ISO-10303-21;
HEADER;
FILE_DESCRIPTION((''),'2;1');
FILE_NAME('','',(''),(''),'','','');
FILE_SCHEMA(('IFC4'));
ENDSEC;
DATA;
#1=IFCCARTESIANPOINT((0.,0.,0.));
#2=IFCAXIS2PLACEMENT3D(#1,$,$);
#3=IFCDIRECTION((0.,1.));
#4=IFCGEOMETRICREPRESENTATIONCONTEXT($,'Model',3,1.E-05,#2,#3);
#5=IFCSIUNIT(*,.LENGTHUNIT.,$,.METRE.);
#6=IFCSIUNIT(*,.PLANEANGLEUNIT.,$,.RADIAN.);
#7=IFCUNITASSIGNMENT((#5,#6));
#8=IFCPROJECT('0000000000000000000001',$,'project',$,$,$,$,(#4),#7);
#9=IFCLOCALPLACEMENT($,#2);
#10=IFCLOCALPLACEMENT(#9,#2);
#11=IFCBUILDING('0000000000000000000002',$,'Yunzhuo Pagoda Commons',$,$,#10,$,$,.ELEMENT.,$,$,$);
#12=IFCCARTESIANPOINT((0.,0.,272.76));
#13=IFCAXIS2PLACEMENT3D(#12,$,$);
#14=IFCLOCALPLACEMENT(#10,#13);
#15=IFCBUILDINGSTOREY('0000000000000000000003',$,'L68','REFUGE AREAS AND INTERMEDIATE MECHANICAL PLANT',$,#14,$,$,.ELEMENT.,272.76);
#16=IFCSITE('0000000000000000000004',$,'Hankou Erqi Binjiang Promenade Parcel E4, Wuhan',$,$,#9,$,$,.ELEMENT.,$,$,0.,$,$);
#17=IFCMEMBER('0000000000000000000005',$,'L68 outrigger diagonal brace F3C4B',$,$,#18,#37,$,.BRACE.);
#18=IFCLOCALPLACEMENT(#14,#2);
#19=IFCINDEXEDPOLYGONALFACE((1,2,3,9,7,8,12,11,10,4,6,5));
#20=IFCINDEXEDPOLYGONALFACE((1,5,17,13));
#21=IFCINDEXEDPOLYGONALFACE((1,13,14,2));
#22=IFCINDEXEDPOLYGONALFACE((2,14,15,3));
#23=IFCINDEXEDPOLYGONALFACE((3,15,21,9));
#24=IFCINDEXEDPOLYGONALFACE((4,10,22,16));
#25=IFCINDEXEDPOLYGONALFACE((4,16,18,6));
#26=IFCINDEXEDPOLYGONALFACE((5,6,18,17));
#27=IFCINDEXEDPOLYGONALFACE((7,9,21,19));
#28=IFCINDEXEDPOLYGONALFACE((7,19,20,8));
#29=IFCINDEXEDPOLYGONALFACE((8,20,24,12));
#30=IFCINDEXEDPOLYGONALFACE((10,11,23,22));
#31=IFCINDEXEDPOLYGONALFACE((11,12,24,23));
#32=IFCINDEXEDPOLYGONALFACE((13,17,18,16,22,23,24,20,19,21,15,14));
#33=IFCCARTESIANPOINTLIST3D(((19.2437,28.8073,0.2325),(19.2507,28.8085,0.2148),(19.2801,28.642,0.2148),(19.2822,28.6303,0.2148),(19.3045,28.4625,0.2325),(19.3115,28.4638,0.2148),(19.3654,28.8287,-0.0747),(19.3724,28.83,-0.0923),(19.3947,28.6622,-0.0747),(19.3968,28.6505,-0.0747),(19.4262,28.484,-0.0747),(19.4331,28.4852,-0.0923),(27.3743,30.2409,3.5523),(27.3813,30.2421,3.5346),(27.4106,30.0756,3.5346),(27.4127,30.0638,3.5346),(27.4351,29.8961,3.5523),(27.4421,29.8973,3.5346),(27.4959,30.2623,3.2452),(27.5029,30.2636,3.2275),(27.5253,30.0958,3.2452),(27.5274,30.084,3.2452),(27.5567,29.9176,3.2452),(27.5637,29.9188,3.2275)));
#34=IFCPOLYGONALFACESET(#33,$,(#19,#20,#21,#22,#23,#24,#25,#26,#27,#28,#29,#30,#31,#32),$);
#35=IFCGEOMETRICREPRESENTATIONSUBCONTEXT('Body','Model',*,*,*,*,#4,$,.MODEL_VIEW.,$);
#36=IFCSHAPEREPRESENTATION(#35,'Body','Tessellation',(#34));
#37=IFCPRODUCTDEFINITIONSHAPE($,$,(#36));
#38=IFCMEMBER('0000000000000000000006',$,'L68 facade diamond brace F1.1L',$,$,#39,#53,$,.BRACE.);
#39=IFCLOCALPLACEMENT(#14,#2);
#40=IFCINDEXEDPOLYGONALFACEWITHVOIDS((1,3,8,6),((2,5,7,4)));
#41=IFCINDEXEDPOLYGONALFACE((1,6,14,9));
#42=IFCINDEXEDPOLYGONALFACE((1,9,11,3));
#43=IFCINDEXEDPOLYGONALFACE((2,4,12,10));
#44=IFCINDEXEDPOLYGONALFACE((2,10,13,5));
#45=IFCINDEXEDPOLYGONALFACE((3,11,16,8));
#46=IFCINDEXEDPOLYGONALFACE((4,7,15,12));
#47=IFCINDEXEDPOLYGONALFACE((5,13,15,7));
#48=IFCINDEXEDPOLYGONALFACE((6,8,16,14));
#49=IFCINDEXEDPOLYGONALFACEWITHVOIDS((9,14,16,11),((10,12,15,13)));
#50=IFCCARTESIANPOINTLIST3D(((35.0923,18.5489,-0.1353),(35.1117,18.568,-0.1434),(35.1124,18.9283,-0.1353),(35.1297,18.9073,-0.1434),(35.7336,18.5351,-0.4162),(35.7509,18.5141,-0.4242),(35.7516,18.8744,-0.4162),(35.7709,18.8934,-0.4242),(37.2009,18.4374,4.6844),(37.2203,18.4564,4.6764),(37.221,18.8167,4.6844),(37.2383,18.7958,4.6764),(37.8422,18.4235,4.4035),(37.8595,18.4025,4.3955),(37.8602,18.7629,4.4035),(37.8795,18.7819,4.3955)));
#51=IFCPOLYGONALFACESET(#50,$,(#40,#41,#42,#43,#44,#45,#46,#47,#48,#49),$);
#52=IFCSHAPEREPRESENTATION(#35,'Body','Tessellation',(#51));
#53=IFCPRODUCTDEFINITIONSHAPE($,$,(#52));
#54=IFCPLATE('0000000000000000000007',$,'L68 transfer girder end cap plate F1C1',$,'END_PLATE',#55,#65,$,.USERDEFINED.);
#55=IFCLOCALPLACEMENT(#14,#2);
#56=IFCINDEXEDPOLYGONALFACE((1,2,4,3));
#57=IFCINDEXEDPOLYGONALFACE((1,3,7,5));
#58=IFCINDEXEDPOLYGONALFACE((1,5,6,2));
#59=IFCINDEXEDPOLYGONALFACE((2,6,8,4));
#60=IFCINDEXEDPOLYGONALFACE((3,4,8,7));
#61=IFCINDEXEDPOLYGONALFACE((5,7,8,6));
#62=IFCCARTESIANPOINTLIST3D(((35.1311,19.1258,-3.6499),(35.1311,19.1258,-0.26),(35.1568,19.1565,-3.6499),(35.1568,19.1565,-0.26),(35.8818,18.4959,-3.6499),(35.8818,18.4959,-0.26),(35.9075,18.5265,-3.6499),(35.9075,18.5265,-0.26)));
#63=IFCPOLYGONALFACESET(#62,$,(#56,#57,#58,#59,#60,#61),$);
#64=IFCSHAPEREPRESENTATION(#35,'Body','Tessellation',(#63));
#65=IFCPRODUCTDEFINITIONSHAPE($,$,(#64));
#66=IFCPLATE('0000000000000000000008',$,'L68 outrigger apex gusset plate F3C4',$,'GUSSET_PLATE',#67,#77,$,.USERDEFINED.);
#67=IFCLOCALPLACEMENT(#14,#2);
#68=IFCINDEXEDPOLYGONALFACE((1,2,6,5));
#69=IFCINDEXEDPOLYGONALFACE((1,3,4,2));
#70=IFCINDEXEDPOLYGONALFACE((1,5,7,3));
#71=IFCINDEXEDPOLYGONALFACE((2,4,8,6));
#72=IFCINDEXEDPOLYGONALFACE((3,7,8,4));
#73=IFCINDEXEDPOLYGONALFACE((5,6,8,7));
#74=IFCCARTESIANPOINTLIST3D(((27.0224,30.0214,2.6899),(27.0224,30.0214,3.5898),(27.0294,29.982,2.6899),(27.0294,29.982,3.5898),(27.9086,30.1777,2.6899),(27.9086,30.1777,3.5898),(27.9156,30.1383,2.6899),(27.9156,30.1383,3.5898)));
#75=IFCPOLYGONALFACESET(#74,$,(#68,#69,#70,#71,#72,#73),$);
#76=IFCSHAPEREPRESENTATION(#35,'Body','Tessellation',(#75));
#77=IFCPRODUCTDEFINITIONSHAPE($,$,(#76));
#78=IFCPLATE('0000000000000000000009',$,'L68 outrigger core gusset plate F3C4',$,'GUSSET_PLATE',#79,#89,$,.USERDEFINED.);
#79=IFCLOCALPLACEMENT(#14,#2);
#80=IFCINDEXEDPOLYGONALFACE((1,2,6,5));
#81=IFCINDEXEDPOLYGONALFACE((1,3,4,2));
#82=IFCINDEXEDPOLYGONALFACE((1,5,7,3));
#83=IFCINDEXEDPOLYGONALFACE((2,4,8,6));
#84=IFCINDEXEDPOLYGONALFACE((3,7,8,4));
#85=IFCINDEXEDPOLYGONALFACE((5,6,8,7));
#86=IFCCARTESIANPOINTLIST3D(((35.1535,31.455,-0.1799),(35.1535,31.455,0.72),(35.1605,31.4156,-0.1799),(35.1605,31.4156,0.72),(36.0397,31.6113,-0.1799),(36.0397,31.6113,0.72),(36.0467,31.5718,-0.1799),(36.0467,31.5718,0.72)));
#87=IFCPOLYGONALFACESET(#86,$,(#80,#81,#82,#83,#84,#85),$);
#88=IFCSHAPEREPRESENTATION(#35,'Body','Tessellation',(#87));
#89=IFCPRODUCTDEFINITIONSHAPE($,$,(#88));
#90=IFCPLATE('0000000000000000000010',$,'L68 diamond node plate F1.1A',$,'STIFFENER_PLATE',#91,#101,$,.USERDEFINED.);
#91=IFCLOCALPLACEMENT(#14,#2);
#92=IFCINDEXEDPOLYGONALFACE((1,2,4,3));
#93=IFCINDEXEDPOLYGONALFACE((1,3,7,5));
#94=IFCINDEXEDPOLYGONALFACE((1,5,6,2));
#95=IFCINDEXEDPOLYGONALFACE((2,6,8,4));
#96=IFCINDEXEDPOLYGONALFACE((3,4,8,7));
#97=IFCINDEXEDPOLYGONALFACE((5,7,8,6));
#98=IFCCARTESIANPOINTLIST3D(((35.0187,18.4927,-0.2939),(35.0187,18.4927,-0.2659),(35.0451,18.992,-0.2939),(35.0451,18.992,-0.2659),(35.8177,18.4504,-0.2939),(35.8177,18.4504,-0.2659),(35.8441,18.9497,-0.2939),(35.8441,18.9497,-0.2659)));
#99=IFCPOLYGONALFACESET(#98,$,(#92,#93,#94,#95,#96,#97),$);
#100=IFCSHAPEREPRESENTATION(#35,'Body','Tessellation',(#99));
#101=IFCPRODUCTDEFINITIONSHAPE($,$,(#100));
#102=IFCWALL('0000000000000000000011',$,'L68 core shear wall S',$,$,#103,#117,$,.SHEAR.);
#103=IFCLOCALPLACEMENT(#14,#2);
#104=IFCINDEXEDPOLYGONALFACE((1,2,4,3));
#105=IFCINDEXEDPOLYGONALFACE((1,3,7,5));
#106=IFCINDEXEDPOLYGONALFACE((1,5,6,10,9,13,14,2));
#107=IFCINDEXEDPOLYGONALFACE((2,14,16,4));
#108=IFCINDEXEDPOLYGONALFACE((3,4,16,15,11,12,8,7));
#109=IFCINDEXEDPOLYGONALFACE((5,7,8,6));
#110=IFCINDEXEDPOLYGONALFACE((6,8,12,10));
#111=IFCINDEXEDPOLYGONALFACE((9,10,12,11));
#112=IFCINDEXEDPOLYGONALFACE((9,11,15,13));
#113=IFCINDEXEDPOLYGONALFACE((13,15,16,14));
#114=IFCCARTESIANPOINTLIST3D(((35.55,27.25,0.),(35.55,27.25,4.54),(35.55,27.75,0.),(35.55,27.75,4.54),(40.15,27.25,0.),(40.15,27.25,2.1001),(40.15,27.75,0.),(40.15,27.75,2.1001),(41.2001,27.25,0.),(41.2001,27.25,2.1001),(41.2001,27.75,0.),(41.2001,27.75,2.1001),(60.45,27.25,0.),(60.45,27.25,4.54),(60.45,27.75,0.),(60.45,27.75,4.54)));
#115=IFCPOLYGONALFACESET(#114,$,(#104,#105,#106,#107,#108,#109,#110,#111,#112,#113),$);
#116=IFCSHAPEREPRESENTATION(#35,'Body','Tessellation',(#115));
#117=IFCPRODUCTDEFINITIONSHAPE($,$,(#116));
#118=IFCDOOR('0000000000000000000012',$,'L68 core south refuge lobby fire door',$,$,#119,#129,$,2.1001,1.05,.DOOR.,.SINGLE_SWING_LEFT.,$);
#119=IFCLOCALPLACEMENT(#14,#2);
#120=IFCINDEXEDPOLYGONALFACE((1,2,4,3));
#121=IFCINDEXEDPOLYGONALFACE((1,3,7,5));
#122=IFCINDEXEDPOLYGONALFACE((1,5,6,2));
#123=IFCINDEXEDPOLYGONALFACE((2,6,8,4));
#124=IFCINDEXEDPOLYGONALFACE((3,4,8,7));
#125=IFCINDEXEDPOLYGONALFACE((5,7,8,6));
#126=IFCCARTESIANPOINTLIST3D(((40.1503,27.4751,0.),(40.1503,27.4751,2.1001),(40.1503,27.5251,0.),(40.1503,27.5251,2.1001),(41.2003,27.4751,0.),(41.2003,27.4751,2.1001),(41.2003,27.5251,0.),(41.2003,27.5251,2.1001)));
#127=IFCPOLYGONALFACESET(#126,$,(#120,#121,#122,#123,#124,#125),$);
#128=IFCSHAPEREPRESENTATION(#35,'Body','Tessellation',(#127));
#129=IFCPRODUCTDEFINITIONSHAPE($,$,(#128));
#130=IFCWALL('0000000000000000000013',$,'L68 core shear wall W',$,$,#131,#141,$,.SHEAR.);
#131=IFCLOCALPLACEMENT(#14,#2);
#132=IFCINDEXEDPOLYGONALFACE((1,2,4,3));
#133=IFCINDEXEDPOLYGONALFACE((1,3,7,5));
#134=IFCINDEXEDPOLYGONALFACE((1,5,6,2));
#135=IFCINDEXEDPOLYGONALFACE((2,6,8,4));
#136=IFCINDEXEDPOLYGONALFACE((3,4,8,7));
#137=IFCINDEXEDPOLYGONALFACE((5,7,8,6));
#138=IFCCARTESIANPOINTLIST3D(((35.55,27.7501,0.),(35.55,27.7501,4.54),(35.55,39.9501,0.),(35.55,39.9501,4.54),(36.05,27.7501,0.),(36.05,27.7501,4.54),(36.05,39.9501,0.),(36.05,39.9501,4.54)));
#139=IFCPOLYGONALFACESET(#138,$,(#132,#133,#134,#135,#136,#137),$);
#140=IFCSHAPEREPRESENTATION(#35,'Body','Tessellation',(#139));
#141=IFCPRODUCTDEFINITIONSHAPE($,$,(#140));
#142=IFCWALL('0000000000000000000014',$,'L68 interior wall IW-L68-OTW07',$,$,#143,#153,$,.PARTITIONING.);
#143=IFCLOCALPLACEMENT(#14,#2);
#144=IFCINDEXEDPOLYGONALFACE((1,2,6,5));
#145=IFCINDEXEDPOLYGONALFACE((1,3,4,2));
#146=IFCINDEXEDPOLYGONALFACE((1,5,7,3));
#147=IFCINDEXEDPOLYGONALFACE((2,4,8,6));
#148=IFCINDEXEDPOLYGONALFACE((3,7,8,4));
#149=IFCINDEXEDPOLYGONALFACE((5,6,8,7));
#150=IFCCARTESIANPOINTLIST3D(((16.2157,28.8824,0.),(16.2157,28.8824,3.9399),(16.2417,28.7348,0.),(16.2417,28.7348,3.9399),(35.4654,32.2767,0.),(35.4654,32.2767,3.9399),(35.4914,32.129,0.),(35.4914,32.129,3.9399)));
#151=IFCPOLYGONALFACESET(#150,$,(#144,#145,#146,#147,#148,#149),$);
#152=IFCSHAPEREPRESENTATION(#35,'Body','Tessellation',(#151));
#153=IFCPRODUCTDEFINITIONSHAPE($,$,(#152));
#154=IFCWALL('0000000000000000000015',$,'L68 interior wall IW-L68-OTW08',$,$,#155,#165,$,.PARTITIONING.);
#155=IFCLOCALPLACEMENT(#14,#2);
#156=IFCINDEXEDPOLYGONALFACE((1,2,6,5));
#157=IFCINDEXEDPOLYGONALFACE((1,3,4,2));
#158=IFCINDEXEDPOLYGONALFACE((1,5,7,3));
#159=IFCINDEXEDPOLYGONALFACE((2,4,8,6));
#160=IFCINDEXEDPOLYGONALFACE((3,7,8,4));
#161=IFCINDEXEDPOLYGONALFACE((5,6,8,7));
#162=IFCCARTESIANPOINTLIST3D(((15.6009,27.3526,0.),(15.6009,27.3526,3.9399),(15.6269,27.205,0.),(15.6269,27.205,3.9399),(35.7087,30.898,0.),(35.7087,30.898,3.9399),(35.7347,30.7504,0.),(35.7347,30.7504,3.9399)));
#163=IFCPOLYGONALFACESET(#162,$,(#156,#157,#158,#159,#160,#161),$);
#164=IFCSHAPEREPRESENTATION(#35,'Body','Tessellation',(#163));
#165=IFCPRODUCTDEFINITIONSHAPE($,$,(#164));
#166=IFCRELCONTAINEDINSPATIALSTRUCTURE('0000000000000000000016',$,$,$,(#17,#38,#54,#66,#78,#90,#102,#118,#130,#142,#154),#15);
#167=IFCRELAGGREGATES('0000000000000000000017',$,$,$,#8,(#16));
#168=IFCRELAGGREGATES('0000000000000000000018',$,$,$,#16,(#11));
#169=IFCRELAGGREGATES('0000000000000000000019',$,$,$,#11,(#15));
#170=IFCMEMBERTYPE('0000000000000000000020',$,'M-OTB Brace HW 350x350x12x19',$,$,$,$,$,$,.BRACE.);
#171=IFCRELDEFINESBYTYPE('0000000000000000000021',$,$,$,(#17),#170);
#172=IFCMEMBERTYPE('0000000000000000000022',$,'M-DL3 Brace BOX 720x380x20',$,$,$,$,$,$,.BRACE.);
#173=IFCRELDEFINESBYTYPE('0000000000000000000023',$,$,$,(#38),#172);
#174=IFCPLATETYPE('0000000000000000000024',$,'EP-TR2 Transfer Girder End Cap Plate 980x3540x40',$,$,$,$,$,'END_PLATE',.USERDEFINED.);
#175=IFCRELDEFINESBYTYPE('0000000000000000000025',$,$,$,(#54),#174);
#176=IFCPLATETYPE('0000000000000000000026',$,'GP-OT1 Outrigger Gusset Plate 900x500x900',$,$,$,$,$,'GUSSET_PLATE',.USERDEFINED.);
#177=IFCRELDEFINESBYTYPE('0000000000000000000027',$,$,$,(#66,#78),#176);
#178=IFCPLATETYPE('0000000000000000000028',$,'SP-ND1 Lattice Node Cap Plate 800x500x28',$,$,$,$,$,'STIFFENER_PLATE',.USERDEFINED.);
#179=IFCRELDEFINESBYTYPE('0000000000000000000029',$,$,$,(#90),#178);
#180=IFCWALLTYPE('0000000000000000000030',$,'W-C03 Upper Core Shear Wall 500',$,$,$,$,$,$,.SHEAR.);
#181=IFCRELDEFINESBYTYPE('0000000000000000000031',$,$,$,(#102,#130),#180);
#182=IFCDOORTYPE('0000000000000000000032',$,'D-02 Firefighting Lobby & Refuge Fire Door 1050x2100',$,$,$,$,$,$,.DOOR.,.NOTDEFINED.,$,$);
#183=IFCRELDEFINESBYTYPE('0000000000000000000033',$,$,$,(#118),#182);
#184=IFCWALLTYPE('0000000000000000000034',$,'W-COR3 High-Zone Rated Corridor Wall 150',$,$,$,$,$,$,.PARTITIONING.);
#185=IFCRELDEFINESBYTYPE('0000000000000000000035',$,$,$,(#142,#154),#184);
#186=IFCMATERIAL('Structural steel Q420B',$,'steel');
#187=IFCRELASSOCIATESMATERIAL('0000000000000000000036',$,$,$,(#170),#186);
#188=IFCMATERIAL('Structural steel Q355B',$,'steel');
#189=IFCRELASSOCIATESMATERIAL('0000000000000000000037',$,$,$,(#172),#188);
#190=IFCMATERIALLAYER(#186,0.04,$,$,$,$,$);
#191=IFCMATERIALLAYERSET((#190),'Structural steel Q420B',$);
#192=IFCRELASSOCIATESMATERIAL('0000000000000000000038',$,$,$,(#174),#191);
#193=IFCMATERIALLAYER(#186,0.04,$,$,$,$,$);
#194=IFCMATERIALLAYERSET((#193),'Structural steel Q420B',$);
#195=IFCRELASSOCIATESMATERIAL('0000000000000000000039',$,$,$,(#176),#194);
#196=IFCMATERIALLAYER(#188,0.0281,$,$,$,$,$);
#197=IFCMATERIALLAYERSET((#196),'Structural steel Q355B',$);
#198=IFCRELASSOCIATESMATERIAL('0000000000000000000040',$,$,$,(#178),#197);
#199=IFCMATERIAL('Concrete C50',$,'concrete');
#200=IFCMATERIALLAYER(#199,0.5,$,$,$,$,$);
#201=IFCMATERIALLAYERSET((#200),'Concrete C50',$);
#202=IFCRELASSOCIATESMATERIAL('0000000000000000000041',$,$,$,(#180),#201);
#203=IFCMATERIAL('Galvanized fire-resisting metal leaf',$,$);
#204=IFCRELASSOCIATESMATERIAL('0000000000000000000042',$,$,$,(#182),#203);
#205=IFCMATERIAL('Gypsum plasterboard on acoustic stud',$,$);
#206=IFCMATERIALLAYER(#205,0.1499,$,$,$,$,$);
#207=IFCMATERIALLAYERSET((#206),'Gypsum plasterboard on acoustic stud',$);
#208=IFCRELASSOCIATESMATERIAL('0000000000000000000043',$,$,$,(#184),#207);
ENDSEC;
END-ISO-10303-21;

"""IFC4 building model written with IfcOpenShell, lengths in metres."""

from ifc_helpers import new_model, si_unit, direction, frame, frame_2d, origin, origin_2d, place, context, subcontext, project, spatial, rectangle, hollow_rectangle, i_section, extrude, source, transform, mapped, material, layer, layer_set, material_profile, profile_set, type_object, element, fill, save


model = new_model("IFC4")

# Units and contexts
model_context = context("Model", 3, precision=1e-05, world=origin(), true_north=direction((0.0, 1.0)))
body_context = subcontext(model_context, "Body", "Model", "MODEL_VIEW")
ifc_project = project(units=[si_unit("LENGTHUNIT", "METRE"), si_unit("PLANEANGLEUNIT", "RADIAN")], contexts=[model_context])

# Site, building, storey
site_placement = place(None, origin())
site = spatial("IfcSite", under=ifc_project, at=site_placement, Name="Hankou Erqi Binjiang Promenade Parcel E4, Wuhan", CompositionType="ELEMENT", RefElevation=0.0)
building_placement = place(site_placement, origin())
building = spatial("IfcBuilding", under=site, at=building_placement, Name="Yunzhuo Pagoda Commons", CompositionType="ELEMENT")
storey_placement = place(building_placement, frame((0.0, 0.0, 272.76)))
storey = spatial("IfcBuildingStorey", under=building, at=storey_placement, Name="L68", Description="REFUGE AREAS AND INTERMEDIATE MECHANICAL PLANT", CompositionType="ELEMENT", Elevation=272.76)

# Shared definitions
ifc_material_1 = material(Name="Structural steel Q420B", Category="steel")

# Shared definitions
ifc_material_2 = material(Name="Structural steel Q355B", Category="steel")

# Members
ifc_material_profile_1 = material_profile(ifc_material_1, i_section(OverallWidth=0.3501, OverallDepth=0.3501, WebThickness=0.012, FlangeThickness=0.019, at=origin_2d()), Name="Structural steel Q420B")
ifc_profile_set_1 = profile_set([ifc_material_profile_1], Name="Structural steel Q420B")
member_type_1 = type_object("IfcMemberType", Name="M-OTB Brace HW 350x350x12x19", PredefinedType="BRACE", material=ifc_profile_set_1)
shared_shape_1 = source(origin(), body_context, "Body", "SweptSolid", [
    extrude(i_section(OverallWidth=0.3501, OverallDepth=0.3501, WebThickness=0.012, FlangeThickness=0.019, at=origin_2d()), origin(), (0.0, 0.0, 1.0), 8.8984),
])
member_1_placement = place(storey_placement, frame((27.469, 30.0798, 3.3899), z_axis=(-0.913706, -0.161105, -0.373077), x_axis=(0.173642, -0.984809, 0.0)))
element("IfcMember", 1, at=member_1_placement, inside=storey, type_object=member_type_1, Name="L68 outrigger diagonal brace F3C4B", PredefinedType="BRACE", context=body_context, shape_type="MappedRepresentation", body=[
    mapped(shared_shape_1, transform((0.0, 0.0, 0.0), scale=1.0)),
])
ifc_material_profile_2 = material_profile(ifc_material_2, hollow_rectangle(XDim=0.3799, YDim=0.72, WallThickness=0.02, at=origin_2d()), Name="Structural steel Q355B")
ifc_profile_set_2 = profile_set([ifc_material_profile_2], Name="Structural steel Q355B")
member_type_2 = type_object("IfcMemberType", Name="M-DL3 Brace BOX 720x380x20", PredefinedType="BRACE", material=ifc_profile_set_2)
shared_shape_2 = source(origin(), body_context, "Body", "SweptSolid", [
    extrude(hollow_rectangle(XDim=0.3799, YDim=0.72, WallThickness=0.02, at=origin_2d()), origin(), (0.0, 0.0, 1.0), 5.262),
])
member_2_placement = place(storey_placement, frame((35.4316, 18.7212, -0.2798), z_axis=(0.400724, -0.021203, 0.915954), x_axis=(0.052838, 0.998603, 0.0)))
element("IfcMember", 2, at=member_2_placement, inside=storey, type_object=member_type_2, Name="L68 facade diamond brace F1.1L", PredefinedType="BRACE", context=body_context, shape_type="MappedRepresentation", body=[
    mapped(shared_shape_2, transform((0.0, 0.0, 0.0), scale=1.0)),
])

# Plates
ifc_layer_1 = layer(ifc_material_1, 0.04)
ifc_layer_set_1 = layer_set([ifc_layer_1], Name="Structural steel Q420B")
plate_type_1 = type_object("IfcPlateType", Name="EP-TR2 Transfer Girder End Cap Plate 980x3540x40", ElementType="END_PLATE", PredefinedType="USERDEFINED", material=ifc_layer_set_1)
shared_shape_3 = source(origin(), body_context, "Body", "SweptSolid", [
    extrude(rectangle(XDim=0.98, YDim=0.04, at=origin_2d()), origin(), (0.0, 0.0, 1.0), 3.3899),
])
plate_1_placement = place(storey_placement, frame((35.5193, 18.8262, -3.6499), z_axis=(0.0, 0.0, 1.0), x_axis=(0.766044, -0.642788, 0.0)))
element("IfcPlate", 3, at=plate_1_placement, inside=storey, type_object=plate_type_1, Name="L68 transfer girder end cap plate F1C1", ObjectType="END_PLATE", PredefinedType="USERDEFINED", context=body_context, shape_type="MappedRepresentation", body=[
    mapped(shared_shape_3, transform((0.0, 0.0, 0.0), scale=1.0)),
])
ifc_layer_2 = layer(ifc_material_1, 0.04)
ifc_layer_set_2 = layer_set([ifc_layer_2], Name="Structural steel Q420B")
plate_type_2 = type_object("IfcPlateType", Name="GP-OT1 Outrigger Gusset Plate 900x500x900", ElementType="GUSSET_PLATE", PredefinedType="USERDEFINED", material=ifc_layer_set_2)
shared_shape_4 = source(origin(), body_context, "Body", "SweptSolid", [
    extrude(rectangle(XDim=0.8999, YDim=0.04, at=origin_2d()), origin(), (0.0, 0.0, 1.0), 0.8999),
])
for number, where, z_axis, x_axis, name in (
    (4, (27.469, 30.0798, 2.6899), (0.0, 0.0, 1.0), (-0.984808, -0.173648, 0.0), "L68 outrigger apex gusset plate F3C4"),
    (5, (35.6001, 31.5134, -0.1799), (0.0, 0.0, 1.0), (-0.984808, -0.173648, 0.0), "L68 outrigger core gusset plate F3C4"),
):
    element("IfcPlate", number, at=place(storey_placement, frame(where, z_axis=z_axis, x_axis=x_axis)), inside=storey, type_object=plate_type_2, Name=name, ObjectType="GUSSET_PLATE", PredefinedType="USERDEFINED", context=body_context, shape_type="MappedRepresentation", body=[
        mapped(shared_shape_4, transform((0.0, 0.0, 0.0), scale=1.0)),
    ])
ifc_layer_3 = layer(ifc_material_2, 0.0281)
ifc_layer_set_3 = layer_set([ifc_layer_3], Name="Structural steel Q355B")
plate_type_3 = type_object("IfcPlateType", Name="SP-ND1 Lattice Node Cap Plate 800x500x28", ElementType="STIFFENER_PLATE", PredefinedType="USERDEFINED", material=ifc_layer_set_3)
shared_shape_5 = source(origin(), body_context, "Body", "SweptSolid", [
    extrude(rectangle(XDim=0.8, YDim=0.5, at=origin_2d()), origin(), (0.0, 0.0, 1.0), 0.0281),
])
plate_2_placement = place(storey_placement, frame((35.4314, 18.7212, -0.2939), z_axis=(0.0, 0.0, 1.0), x_axis=(0.998604, -0.052824, 0.0)))
element("IfcPlate", 6, at=plate_2_placement, inside=storey, type_object=plate_type_3, Name="L68 diamond node plate F1.1A", ObjectType="STIFFENER_PLATE", PredefinedType="USERDEFINED", context=body_context, shape_type="MappedRepresentation", body=[
    mapped(shared_shape_5, transform((0.0, 0.0, 0.0), scale=1.0)),
])

# Wall, opening, door
ifc_material_3 = material(Name="Concrete C50", Category="concrete")
ifc_layer_4 = layer(ifc_material_3, 0.5)
ifc_layer_set_4 = layer_set([ifc_layer_4], Name="Concrete C50")
wall_type_1 = type_object("IfcWallType", Name="W-C03 Upper Core Shear Wall 500", PredefinedType="SHEAR", material=ifc_layer_set_4)
wall_1_placement = place(storey_placement, frame((35.55, 27.5, 0.0), z_axis=(0.0, 0.0, 1.0), x_axis=(1.0, 0.0, 0.0)))
wall_1 = element("IfcWall", 7, at=wall_1_placement, inside=storey, type_object=wall_type_1, Name="L68 core shear wall S", PredefinedType="SHEAR", context=body_context, shape_type="SweptSolid", body=[
    extrude(rectangle(XDim=24.8999, YDim=0.5, at=frame_2d((12.45, 0.0))), origin(), (0.0, 0.0, 1.0), 4.54),
])
opening_placement = place(wall_1_placement, frame((4.6001, 0.0, 0.0)))
opening = element("IfcOpeningElement", 8, at=opening_placement, cuts=wall_1, PredefinedType="OPENING", context=body_context, shape_type="SweptSolid", body=[
    extrude(rectangle(XDim=1.05, YDim=2.1001, at=frame_2d((0.5249, 1.05))), frame((0.0, 0.26, 0.0), z_axis=(0.0, -1.0, 0.0), x_axis=(1.0, 0.0, 0.0)), (0.0, 0.0, 1.0), 0.52),
])
ifc_material_4 = material(Name="Galvanized fire-resisting metal leaf")
door_type = type_object("IfcDoorType", Name="D-02 Firefighting Lobby & Refuge Fire Door 1050x2100", OperationType="NOTDEFINED", PredefinedType="DOOR", material=ifc_material_4)
shared_shape_6 = source(origin(), body_context, "Body", "SweptSolid", [
    extrude(rectangle(XDim=1.05, YDim=2.1001, at=frame_2d((0.5249, 1.05))), frame((0.0, 0.0249, 0.0), z_axis=(0.0, -1.0, 0.0), x_axis=(1.0, 0.0, 0.0)), (0.0, 0.0, 1.0), 0.05),
])
door_placement = place(opening_placement, frame((1.05, 0.0, 0.0), z_axis=(0.0, 0.0, 1.0), x_axis=(-1.0, 0.0, 0.0)))
door = element("IfcDoor", 9, at=door_placement, inside=storey, type_object=door_type, Name="L68 core south refuge lobby fire door", OperationType="SINGLE_SWING_LEFT", OverallHeight=2.1001, OverallWidth=1.05, PredefinedType="DOOR", context=body_context, shape_type="MappedRepresentation", body=[
    mapped(shared_shape_6, transform((0.0, 0.0, 0.0), scale=1.0)),
])
fill(opening, door)

# Walls
wall_2_placement = place(storey_placement, frame((35.8, 27.75, 0.0), z_axis=(0.0, 0.0, 1.0), x_axis=(0.0, 1.0, 0.0)))
element("IfcWall", 10, at=wall_2_placement, inside=storey, type_object=wall_type_1, Name="L68 core shear wall W", PredefinedType="SHEAR", context=body_context, shape_type="SweptSolid", body=[
    extrude(rectangle(XDim=12.2, YDim=0.5, at=frame_2d((6.1001, 0.0))), origin(), (0.0, 0.0, 1.0), 4.54),
])
ifc_material_5 = material(Name="Gypsum plasterboard on acoustic stud")
ifc_layer_5 = layer(ifc_material_5, 0.1499)
ifc_layer_set_5 = layer_set([ifc_layer_5], Name="Gypsum plasterboard on acoustic stud")
wall_type_2 = type_object("IfcWallType", Name="W-COR3 High-Zone Rated Corridor Wall 150", PredefinedType="PARTITIONING", material=ifc_layer_set_5)
wall_3_placement = place(storey_placement, frame((35.4785, 32.2029, 0.0), z_axis=(0.0, 0.0, 1.0), x_axis=(-0.984807, -0.17365, 0.0)))
element("IfcWall", 11, at=wall_3_placement, inside=storey, type_object=wall_type_2, Name="L68 interior wall IW-L68-OTW07", PredefinedType="PARTITIONING", context=body_context, shape_type="SweptSolid", body=[
    extrude(rectangle(XDim=19.5466, YDim=0.1499, at=frame_2d((9.7734, 0.0))), origin(), (0.0, 0.0, 1.0), 3.9399),
])
wall_4_placement = place(storey_placement, frame((35.7217, 30.8242, 0.0), z_axis=(0.0, 0.0, 1.0), x_axis=(-0.984809, -0.173641, 0.0)))
element("IfcWall", 12, at=wall_4_placement, inside=storey, type_object=wall_type_2, Name="L68 interior wall IW-L68-OTW08", PredefinedType="PARTITIONING", context=body_context, shape_type="SweptSolid", body=[
    extrude(rectangle(XDim=20.418, YDim=0.1499, at=frame_2d((10.209, 0.0))), origin(), (0.0, 0.0, 1.0), 3.9399),
])

save(model, "model.ifc")
